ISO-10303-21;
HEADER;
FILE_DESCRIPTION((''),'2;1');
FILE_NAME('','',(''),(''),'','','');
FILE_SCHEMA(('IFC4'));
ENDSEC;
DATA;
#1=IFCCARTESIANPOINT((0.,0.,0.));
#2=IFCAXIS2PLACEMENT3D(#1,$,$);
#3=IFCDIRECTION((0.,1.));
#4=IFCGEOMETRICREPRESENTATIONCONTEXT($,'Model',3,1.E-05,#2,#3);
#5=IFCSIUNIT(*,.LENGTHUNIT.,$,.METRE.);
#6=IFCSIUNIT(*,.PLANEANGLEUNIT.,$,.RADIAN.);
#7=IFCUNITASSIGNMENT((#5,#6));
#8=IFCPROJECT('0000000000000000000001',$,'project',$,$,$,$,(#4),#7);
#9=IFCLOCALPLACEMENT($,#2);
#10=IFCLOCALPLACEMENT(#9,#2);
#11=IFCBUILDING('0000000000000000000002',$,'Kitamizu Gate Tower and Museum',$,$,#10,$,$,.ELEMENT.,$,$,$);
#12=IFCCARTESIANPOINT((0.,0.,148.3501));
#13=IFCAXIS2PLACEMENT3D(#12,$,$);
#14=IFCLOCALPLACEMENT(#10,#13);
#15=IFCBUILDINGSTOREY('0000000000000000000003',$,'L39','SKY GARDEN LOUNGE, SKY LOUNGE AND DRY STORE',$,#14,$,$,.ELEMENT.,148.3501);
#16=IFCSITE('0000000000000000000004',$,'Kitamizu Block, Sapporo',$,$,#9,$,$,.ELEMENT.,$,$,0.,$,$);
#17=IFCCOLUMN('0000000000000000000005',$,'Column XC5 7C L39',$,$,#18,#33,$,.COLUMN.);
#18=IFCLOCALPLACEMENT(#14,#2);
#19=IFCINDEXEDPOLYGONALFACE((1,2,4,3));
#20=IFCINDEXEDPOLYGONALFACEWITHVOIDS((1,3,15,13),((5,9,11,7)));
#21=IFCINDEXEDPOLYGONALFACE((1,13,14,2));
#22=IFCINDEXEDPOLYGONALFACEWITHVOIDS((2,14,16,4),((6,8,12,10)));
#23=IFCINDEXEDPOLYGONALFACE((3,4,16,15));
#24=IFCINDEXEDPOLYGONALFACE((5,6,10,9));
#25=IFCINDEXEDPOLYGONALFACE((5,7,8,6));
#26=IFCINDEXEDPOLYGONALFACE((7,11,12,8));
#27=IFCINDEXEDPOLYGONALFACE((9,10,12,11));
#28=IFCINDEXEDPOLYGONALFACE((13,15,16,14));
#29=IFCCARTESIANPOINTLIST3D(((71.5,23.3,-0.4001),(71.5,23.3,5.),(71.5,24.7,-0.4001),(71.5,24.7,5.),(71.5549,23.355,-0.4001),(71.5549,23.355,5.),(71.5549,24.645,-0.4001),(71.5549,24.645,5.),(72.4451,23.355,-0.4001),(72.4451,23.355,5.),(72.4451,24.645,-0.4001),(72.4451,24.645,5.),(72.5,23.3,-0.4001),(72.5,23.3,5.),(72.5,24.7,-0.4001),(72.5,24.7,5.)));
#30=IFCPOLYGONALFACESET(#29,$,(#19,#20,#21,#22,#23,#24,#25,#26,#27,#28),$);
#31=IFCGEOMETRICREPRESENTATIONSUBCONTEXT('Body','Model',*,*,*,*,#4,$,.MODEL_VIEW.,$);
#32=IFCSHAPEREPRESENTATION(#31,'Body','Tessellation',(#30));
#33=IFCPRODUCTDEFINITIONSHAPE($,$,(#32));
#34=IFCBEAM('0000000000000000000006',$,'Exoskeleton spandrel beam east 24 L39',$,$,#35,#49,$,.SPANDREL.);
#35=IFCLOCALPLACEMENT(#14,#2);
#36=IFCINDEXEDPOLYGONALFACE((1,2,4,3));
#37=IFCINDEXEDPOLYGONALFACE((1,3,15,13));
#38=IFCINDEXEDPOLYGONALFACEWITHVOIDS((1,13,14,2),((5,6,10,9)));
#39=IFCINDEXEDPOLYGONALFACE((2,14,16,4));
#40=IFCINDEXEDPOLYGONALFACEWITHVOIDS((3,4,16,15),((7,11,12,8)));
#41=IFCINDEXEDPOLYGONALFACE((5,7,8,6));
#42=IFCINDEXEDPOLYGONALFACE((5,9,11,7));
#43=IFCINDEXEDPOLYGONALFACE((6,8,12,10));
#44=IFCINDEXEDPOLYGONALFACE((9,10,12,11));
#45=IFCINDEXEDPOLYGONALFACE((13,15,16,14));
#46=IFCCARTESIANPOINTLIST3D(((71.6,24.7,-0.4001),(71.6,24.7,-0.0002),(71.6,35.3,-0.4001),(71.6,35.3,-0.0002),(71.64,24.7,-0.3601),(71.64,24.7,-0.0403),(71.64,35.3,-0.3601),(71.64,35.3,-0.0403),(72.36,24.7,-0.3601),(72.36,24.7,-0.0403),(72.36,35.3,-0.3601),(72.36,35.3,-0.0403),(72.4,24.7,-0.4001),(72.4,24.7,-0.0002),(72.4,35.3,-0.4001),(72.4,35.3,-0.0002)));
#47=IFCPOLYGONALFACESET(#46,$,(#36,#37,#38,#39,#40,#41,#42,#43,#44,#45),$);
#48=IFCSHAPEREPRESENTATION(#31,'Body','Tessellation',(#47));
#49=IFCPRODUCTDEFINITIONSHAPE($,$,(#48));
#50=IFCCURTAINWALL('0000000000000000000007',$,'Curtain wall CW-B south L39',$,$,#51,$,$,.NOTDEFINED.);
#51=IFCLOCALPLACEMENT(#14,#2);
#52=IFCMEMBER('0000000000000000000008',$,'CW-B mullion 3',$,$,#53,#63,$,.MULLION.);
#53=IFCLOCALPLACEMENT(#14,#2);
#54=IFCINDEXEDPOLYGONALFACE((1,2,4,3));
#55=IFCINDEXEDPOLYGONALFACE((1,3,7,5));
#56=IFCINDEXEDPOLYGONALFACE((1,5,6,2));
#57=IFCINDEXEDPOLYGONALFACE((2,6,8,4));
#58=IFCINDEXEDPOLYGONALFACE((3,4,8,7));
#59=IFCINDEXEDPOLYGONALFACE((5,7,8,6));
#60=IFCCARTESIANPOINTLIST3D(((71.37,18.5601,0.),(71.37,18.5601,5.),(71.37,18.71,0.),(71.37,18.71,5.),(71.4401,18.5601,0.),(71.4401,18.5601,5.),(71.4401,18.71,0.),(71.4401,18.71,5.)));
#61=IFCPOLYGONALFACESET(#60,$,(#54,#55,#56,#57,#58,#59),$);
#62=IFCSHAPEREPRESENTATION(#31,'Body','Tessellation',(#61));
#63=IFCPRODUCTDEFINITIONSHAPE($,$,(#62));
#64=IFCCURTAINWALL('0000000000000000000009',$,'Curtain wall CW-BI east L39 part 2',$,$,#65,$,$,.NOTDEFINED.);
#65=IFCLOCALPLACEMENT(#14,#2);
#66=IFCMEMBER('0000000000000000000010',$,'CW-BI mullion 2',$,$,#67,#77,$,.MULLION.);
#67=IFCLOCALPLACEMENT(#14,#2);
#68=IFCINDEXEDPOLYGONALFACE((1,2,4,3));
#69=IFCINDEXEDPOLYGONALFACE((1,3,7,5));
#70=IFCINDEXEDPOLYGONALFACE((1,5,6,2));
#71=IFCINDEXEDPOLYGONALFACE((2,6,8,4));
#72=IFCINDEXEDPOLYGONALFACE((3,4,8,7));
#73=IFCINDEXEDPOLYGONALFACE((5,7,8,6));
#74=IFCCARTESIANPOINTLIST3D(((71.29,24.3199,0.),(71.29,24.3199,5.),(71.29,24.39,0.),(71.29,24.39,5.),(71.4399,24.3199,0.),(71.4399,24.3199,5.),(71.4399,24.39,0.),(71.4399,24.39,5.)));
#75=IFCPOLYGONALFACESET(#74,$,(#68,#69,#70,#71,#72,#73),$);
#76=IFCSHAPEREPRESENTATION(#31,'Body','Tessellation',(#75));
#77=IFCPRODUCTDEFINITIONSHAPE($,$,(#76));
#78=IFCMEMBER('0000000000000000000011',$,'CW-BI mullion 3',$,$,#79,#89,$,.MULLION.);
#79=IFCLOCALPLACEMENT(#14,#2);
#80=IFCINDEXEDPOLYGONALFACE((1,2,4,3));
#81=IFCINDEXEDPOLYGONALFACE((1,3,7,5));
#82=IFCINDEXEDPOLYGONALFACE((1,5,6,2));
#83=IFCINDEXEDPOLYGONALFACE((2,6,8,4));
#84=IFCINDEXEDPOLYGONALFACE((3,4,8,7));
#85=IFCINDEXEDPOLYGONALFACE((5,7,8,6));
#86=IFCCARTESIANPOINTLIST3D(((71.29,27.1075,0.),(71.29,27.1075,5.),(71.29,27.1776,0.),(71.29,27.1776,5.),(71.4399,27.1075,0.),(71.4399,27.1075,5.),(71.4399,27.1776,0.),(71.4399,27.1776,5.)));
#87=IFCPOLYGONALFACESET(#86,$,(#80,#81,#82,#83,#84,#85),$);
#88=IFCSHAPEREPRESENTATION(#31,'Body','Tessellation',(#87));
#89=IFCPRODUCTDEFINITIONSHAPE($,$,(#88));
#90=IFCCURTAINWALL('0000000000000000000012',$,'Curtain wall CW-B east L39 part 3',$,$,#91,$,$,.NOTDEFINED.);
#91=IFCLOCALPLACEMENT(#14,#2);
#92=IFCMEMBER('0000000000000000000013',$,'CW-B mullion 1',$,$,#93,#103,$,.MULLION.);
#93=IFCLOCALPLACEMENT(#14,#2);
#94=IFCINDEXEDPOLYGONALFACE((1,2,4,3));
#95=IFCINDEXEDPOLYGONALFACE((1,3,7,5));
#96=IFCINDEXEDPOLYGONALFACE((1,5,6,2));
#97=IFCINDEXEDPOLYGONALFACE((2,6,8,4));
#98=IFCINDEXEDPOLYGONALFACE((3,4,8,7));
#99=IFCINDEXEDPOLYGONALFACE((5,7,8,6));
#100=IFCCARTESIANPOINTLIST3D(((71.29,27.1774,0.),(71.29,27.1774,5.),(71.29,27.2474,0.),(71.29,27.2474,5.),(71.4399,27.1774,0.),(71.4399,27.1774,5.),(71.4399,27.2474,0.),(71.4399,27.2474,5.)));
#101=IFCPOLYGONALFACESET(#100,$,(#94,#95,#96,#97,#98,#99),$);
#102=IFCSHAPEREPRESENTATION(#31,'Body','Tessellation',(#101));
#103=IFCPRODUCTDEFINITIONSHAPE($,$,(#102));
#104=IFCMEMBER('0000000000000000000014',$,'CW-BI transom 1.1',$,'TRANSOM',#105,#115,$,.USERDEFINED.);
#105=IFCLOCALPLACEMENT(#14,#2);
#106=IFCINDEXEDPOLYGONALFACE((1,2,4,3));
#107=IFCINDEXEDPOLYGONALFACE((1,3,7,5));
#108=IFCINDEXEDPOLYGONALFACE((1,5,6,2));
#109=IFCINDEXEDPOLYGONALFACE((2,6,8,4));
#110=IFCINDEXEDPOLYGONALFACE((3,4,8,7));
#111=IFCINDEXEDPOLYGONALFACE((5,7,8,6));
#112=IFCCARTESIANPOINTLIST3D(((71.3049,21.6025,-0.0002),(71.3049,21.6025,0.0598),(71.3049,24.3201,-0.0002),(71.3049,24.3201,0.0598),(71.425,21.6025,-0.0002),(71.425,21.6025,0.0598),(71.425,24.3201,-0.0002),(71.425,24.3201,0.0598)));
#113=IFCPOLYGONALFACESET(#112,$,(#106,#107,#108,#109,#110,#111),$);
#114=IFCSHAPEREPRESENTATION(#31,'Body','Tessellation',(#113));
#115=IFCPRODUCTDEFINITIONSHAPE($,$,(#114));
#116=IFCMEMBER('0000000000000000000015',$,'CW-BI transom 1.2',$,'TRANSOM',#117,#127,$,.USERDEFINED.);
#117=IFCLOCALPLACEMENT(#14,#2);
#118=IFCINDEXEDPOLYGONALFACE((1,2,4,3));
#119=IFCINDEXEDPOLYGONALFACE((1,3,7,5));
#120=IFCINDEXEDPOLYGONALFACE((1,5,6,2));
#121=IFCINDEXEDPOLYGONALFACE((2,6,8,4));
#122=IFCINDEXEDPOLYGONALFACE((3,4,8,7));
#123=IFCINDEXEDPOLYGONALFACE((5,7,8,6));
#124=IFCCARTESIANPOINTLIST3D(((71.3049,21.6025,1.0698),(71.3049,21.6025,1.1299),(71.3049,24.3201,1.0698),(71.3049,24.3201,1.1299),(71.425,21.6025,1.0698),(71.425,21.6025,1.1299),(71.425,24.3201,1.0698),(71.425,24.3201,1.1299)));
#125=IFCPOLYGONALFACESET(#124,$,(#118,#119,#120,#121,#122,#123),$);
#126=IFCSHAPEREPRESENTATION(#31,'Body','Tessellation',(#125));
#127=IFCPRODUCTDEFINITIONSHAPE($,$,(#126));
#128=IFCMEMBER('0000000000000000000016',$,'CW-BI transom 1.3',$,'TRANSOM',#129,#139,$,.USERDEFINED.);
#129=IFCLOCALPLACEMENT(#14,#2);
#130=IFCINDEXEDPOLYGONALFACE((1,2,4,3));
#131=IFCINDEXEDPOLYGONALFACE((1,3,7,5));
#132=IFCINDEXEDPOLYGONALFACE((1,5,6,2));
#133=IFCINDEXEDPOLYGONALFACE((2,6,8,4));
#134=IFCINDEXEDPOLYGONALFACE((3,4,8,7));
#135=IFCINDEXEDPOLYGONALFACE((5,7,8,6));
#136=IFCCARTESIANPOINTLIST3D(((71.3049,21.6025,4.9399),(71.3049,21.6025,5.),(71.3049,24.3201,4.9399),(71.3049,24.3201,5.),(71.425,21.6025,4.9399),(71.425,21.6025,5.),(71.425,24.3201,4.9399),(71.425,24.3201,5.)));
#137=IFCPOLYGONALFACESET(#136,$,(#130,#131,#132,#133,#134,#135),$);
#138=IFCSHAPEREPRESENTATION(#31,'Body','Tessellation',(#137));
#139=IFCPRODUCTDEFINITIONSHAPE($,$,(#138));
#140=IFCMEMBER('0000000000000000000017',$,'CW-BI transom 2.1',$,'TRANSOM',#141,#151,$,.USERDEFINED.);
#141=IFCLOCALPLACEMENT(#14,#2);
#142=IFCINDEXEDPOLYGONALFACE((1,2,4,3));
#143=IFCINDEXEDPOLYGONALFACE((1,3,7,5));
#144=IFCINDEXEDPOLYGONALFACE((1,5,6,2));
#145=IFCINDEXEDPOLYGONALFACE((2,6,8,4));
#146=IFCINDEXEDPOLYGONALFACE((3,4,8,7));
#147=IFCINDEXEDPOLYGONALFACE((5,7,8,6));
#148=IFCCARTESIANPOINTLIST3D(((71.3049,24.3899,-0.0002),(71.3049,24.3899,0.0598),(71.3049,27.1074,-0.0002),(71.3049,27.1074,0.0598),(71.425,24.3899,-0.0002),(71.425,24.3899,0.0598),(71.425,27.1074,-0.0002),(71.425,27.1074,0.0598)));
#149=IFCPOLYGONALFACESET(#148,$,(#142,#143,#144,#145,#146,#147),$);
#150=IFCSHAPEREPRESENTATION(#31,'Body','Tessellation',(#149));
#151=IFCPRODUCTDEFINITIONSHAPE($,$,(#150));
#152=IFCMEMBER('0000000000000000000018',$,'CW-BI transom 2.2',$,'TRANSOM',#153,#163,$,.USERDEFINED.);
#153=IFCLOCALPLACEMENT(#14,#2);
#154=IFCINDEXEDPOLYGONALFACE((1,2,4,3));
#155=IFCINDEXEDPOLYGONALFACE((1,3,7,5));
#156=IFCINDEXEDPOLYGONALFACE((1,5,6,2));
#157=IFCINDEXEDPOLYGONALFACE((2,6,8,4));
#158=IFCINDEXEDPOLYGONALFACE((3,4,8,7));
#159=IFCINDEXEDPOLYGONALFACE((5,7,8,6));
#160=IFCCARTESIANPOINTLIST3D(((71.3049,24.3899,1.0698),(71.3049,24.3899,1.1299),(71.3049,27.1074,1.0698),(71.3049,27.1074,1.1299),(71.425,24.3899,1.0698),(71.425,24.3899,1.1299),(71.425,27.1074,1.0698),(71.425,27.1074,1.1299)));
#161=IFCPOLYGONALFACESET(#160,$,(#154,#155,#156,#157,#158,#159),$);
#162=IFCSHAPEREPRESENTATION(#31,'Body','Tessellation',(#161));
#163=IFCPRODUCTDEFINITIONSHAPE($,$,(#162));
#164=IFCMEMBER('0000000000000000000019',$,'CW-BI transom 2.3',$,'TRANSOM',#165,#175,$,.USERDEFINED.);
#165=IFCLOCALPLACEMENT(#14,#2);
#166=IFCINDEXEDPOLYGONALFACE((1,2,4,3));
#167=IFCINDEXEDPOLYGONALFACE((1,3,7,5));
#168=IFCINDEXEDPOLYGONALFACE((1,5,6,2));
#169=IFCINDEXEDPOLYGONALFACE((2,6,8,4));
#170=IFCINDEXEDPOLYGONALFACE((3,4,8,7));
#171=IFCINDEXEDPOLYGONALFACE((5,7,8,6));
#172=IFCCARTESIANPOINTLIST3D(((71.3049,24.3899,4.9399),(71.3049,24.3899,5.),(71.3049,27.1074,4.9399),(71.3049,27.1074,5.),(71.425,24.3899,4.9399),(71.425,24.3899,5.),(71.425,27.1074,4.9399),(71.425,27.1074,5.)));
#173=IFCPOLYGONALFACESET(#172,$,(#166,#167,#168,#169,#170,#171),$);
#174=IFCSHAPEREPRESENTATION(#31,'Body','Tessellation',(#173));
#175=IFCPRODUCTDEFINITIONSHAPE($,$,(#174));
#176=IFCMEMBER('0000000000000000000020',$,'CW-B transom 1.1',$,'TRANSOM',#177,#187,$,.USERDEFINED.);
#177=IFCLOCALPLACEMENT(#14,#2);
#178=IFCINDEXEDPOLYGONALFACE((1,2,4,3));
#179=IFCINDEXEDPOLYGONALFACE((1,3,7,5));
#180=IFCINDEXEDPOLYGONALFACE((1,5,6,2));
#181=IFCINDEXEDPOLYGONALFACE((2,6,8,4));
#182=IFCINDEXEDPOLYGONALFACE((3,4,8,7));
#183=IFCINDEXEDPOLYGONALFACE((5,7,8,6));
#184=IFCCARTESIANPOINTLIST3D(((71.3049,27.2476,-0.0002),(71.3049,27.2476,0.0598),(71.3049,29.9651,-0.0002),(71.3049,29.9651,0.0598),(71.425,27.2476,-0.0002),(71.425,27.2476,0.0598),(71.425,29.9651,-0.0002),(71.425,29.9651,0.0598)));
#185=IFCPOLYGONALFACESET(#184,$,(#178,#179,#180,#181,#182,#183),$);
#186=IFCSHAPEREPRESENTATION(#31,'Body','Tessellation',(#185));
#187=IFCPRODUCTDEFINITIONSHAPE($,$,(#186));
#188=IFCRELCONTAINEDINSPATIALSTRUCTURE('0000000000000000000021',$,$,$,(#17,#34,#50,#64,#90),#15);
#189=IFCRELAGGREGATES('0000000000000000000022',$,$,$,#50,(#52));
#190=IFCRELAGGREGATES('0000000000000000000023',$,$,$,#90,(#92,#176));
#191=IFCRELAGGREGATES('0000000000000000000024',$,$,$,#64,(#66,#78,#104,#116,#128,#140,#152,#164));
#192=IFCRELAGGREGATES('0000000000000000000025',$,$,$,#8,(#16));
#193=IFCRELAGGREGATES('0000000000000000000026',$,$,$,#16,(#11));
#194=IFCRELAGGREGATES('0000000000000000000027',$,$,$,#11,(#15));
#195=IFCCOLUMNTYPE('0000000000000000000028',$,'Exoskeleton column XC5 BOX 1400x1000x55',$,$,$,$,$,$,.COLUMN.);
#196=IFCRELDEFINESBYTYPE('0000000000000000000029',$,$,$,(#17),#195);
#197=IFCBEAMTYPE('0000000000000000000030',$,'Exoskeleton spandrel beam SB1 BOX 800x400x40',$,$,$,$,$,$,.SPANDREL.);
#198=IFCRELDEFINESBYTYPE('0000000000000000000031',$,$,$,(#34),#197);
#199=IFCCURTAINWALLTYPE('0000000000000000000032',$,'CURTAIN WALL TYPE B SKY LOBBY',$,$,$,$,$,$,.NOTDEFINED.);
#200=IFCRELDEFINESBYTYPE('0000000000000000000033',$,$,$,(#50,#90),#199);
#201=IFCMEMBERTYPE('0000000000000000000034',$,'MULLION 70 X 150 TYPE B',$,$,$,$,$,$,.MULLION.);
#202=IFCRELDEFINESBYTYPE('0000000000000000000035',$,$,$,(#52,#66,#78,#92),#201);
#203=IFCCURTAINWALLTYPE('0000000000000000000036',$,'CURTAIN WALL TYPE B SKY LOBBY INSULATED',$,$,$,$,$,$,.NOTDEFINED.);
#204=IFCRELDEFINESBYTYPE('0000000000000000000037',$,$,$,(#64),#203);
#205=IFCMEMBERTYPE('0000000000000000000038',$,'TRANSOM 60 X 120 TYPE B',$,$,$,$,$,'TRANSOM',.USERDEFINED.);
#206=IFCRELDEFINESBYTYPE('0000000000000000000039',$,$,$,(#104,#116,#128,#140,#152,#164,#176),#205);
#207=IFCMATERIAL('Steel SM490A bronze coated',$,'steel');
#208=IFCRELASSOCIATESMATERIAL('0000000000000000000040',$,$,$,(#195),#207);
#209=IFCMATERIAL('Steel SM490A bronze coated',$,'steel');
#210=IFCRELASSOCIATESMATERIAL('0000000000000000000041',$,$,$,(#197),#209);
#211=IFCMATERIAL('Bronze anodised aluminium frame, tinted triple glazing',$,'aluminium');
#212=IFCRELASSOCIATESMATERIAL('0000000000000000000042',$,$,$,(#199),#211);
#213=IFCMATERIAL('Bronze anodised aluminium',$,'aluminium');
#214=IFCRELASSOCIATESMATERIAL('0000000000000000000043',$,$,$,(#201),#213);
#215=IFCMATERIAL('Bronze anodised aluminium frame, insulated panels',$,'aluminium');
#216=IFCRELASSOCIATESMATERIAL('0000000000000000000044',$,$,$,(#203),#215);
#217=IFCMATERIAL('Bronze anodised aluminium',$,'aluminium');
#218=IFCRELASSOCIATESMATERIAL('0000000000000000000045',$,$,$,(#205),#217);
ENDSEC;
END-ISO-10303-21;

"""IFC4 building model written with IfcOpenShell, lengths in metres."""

from ifc_helpers import new_model, si_unit, direction, frame, origin, origin_2d, place, context, subcontext, project, spatial, rectangle, hollow_rectangle, extrude, material, material_profile, profile_set, type_object, element, aggregate, save


model = new_model("IFC4")

# Units and contexts
model_context = context("Model", 3, precision=1e-05, world=origin(), true_north=direction((0.0, 1.0)))
body_context = subcontext(model_context, "Body", "Model", "MODEL_VIEW")
ifc_project = project(units=[si_unit("LENGTHUNIT", "METRE"), si_unit("PLANEANGLEUNIT", "RADIAN")], contexts=[model_context])

# Site, building, storey
site_placement = place(None, origin())
site = spatial("IfcSite", under=ifc_project, at=site_placement, Name="Kitamizu Block, Sapporo", CompositionType="ELEMENT", RefElevation=0.0)
building_placement = place(site_placement, origin())
building = spatial("IfcBuilding", under=site, at=building_placement, Name="Kitamizu Gate Tower and Museum", CompositionType="ELEMENT")
storey_placement = place(building_placement, frame((0.0, 0.0, 148.3501)))
storey = spatial("IfcBuildingStorey", under=building, at=storey_placement, Name="L39", Description="SKY GARDEN LOUNGE, SKY LOUNGE AND DRY STORE", CompositionType="ELEMENT", Elevation=148.3501)

# Column
ifc_material_1 = material(Name="Steel SM490A bronze coated", Category="steel")
ifc_material_profile_1 = material_profile(ifc_material_1, hollow_rectangle(XDim=1.3999, YDim=1.0, WallThickness=0.0549, at=origin_2d()), Name="BOX 1400x1000x55")
ifc_profile_set_1 = profile_set([ifc_material_profile_1], Name="Steel SM490A bronze coated")
column_type = type_object("IfcColumnType", Name="Exoskeleton column XC5 BOX 1400x1000x55", PredefinedType="COLUMN", material=ifc_profile_set_1)
column_placement = place(storey_placement, frame((72.0, 24.0, -0.4001), z_axis=(0.0, 0.0, 1.0), x_axis=(0.0, 1.0, 0.0)))
element("IfcColumn", 1, at=column_placement, inside=storey, type_object=column_type, Name="Column XC5 7C L39", PredefinedType="COLUMN", context=body_context, shape_type="SweptSolid", body=[
    extrude(hollow_rectangle(XDim=1.3999, YDim=1.0, WallThickness=0.0549, at=origin_2d()), origin(), (0.0, 0.0, 1.0), 5.4001),
])

# Beam
ifc_material_2 = material(Name="Steel SM490A bronze coated", Category="steel")
ifc_material_profile_2 = material_profile(ifc_material_2, hollow_rectangle(XDim=0.8, YDim=0.3999, WallThickness=0.04, at=origin_2d()), Name="BOX 800x400x40")
ifc_profile_set_2 = profile_set([ifc_material_profile_2], Name="Steel SM490A bronze coated")
beam_type = type_object("IfcBeamType", Name="Exoskeleton spandrel beam SB1 BOX 800x400x40", PredefinedType="SPANDREL", material=ifc_profile_set_2)
beam_placement = place(storey_placement, frame((72.0, 24.7, -0.2002), z_axis=(0.0, 1.0, 0.0), x_axis=(-1.0, 0.0, 0.0)))
element("IfcBeam", 2, at=beam_placement, inside=storey, type_object=beam_type, Name="Exoskeleton spandrel beam east 24 L39", PredefinedType="SPANDREL", context=body_context, shape_type="SweptSolid", body=[
    extrude(hollow_rectangle(XDim=0.8, YDim=0.3999, WallThickness=0.04, at=origin_2d()), origin(), (0.0, 0.0, 1.0), 10.6001),
])

# Curtain wall, member
ifc_material_3 = material(Name="Bronze anodised aluminium frame, tinted triple glazing", Category="aluminium")
curtain_wall_type_1 = type_object("IfcCurtainWallType", Name="CURTAIN WALL TYPE B SKY LOBBY", PredefinedType="NOTDEFINED", material=ifc_material_3)
curtain_wall_1_placement = place(storey_placement, origin())
curtain_wall_1 = element("IfcCurtainWall", 3, at=curtain_wall_1_placement, inside=storey, type_object=curtain_wall_type_1, Name="Curtain wall CW-B south L39", PredefinedType="NOTDEFINED")
ifc_material_4 = material(Name="Bronze anodised aluminium", Category="aluminium")
ifc_material_profile_3 = material_profile(ifc_material_4, rectangle(XDim=0.0701, YDim=0.1499, at=origin_2d()), Name="AL 70X150")
ifc_profile_set_3 = profile_set([ifc_material_profile_3], Name="Bronze anodised aluminium")
member_type_1 = type_object("IfcMemberType", Name="MULLION 70 X 150 TYPE B", PredefinedType="MULLION", material=ifc_profile_set_3)
member_1_placement = place(storey_placement, frame((71.405, 18.635, 0.0), z_axis=(0.0, 0.0, 1.0), x_axis=(1.0, 0.0, 0.0)))
member_1 = element("IfcMember", 4, at=member_1_placement, type_object=member_type_1, Name="CW-B mullion 3", PredefinedType="MULLION", context=body_context, shape_type="SweptSolid", body=[
    extrude(rectangle(XDim=0.0701, YDim=0.1499, at=origin_2d()), origin(), (0.0, 0.0, 1.0), 5.0),
])
aggregate(curtain_wall_1, [member_1])

# Curtain wall, members
ifc_material_5 = material(Name="Bronze anodised aluminium frame, insulated panels", Category="aluminium")
curtain_wall_type_2 = type_object("IfcCurtainWallType", Name="CURTAIN WALL TYPE B SKY LOBBY INSULATED", PredefinedType="NOTDEFINED", material=ifc_material_5)
curtain_wall_2_placement = place(storey_placement, origin())
curtain_wall_2 = element("IfcCurtainWall", 5, at=curtain_wall_2_placement, inside=storey, type_object=curtain_wall_type_2, Name="Curtain wall CW-BI east L39 part 2", PredefinedType="NOTDEFINED")
member_2_placement = place(storey_placement, frame((71.365, 24.355, 0.0), z_axis=(0.0, 0.0, 1.0), x_axis=(0.0, 1.0, 0.0)))
member_2 = element("IfcMember", 6, at=member_2_placement, type_object=member_type_1, Name="CW-BI mullion 2", PredefinedType="MULLION", context=body_context, shape_type="SweptSolid", body=[
    extrude(rectangle(XDim=0.0701, YDim=0.1499, at=origin_2d()), origin(), (0.0, 0.0, 1.0), 5.0),
])
member_3_placement = place(storey_placement, frame((71.365, 27.1426, 0.0), z_axis=(0.0, 0.0, 1.0), x_axis=(0.0, 1.0, 0.0)))
member_3 = element("IfcMember", 7, at=member_3_placement, type_object=member_type_1, Name="CW-BI mullion 3", PredefinedType="MULLION", context=body_context, shape_type="SweptSolid", body=[
    extrude(rectangle(XDim=0.0701, YDim=0.1499, at=origin_2d()), origin(), (0.0, 0.0, 1.0), 5.0),
])

# Curtain wall, member
curtain_wall_3_placement = place(storey_placement, origin())
curtain_wall_3 = element("IfcCurtainWall", 8, at=curtain_wall_3_placement, inside=storey, type_object=curtain_wall_type_1, Name="Curtain wall CW-B east L39 part 3", PredefinedType="NOTDEFINED")
member_4_placement = place(storey_placement, frame((71.365, 27.2124, 0.0), z_axis=(0.0, 0.0, 1.0), x_axis=(0.0, 1.0, 0.0)))
member_4 = element("IfcMember", 9, at=member_4_placement, type_object=member_type_1, Name="CW-B mullion 1", PredefinedType="MULLION", context=body_context, shape_type="SweptSolid", body=[
    extrude(rectangle(XDim=0.0701, YDim=0.1499, at=origin_2d()), origin(), (0.0, 0.0, 1.0), 5.0),
])

# Members
ifc_material_6 = material(Name="Bronze anodised aluminium", Category="aluminium")
ifc_material_profile_4 = material_profile(ifc_material_6, rectangle(XDim=0.1201, YDim=0.0601, at=origin_2d()), Name="AL 60X120")
ifc_profile_set_4 = profile_set([ifc_material_profile_4], Name="Bronze anodised aluminium")
member_type_2 = type_object("IfcMemberType", Name="TRANSOM 60 X 120 TYPE B", ElementType="TRANSOM", PredefinedType="USERDEFINED", material=ifc_profile_set_4)
member_5_placement = place(storey_placement, frame((71.365, 21.6025, 0.0298), z_axis=(0.0, 1.0, 0.0), x_axis=(-1.0, 0.0, 0.0)))
member_5 = element("IfcMember", 10, at=member_5_placement, type_object=member_type_2, Name="CW-BI transom 1.1", ObjectType="TRANSOM", PredefinedType="USERDEFINED", context=body_context, shape_type="SweptSolid", body=[
    extrude(rectangle(XDim=0.1201, YDim=0.0601, at=origin_2d()), origin(), (0.0, 0.0, 1.0), 2.7175),
])
member_6_placement = place(storey_placement, frame((71.365, 21.6025, 1.0999), z_axis=(0.0, 1.0, 0.0), x_axis=(-1.0, 0.0, 0.0)))
member_6 = element("IfcMember", 11, at=member_6_placement, type_object=member_type_2, Name="CW-BI transom 1.2", ObjectType="TRANSOM", PredefinedType="USERDEFINED", context=body_context, shape_type="SweptSolid", body=[
    extrude(rectangle(XDim=0.1201, YDim=0.0601, at=origin_2d()), origin(), (0.0, 0.0, 1.0), 2.7175),
])
member_7_placement = place(storey_placement, frame((71.365, 21.6025, 4.97), z_axis=(0.0, 1.0, 0.0), x_axis=(-1.0, 0.0, 0.0)))
member_7 = element("IfcMember", 12, at=member_7_placement, type_object=member_type_2, Name="CW-BI transom 1.3", ObjectType="TRANSOM", PredefinedType="USERDEFINED", context=body_context, shape_type="SweptSolid", body=[
    extrude(rectangle(XDim=0.1201, YDim=0.0601, at=origin_2d()), origin(), (0.0, 0.0, 1.0), 2.7175),
])
member_8_placement = place(storey_placement, frame((71.365, 24.3899, 0.0298), z_axis=(0.0, 1.0, 0.0), x_axis=(-1.0, 0.0, 0.0)))
member_8 = element("IfcMember", 13, at=member_8_placement, type_object=member_type_2, Name="CW-BI transom 2.1", ObjectType="TRANSOM", PredefinedType="USERDEFINED", context=body_context, shape_type="SweptSolid", body=[
    extrude(rectangle(XDim=0.1201, YDim=0.0601, at=origin_2d()), origin(), (0.0, 0.0, 1.0), 2.7175),
])
member_9_placement = place(storey_placement, frame((71.365, 24.3899, 1.0999), z_axis=(0.0, 1.0, 0.0), x_axis=(-1.0, 0.0, 0.0)))
member_9 = element("IfcMember", 14, at=member_9_placement, type_object=member_type_2, Name="CW-BI transom 2.2", ObjectType="TRANSOM", PredefinedType="USERDEFINED", context=body_context, shape_type="SweptSolid", body=[
    extrude(rectangle(XDim=0.1201, YDim=0.0601, at=origin_2d()), origin(), (0.0, 0.0, 1.0), 2.7175),
])
member_10_placement = place(storey_placement, frame((71.365, 24.3899, 4.97), z_axis=(0.0, 1.0, 0.0), x_axis=(-1.0, 0.0, 0.0)))
member_10 = element("IfcMember", 15, at=member_10_placement, type_object=member_type_2, Name="CW-BI transom 2.3", ObjectType="TRANSOM", PredefinedType="USERDEFINED", context=body_context, shape_type="SweptSolid", body=[
    extrude(rectangle(XDim=0.1201, YDim=0.0601, at=origin_2d()), origin(), (0.0, 0.0, 1.0), 2.7175),
])
member_11_placement = place(storey_placement, frame((71.365, 27.2476, 0.0298), z_axis=(0.0, 1.0, 0.0), x_axis=(-1.0, 0.0, 0.0)))
member_11 = element("IfcMember", 16, at=member_11_placement, type_object=member_type_2, Name="CW-B transom 1.1", ObjectType="TRANSOM", PredefinedType="USERDEFINED", context=body_context, shape_type="SweptSolid", body=[
    extrude(rectangle(XDim=0.1201, YDim=0.0601, at=origin_2d()), origin(), (0.0, 0.0, 1.0), 2.7175),
])
aggregate(curtain_wall_3, [member_4, member_11])

aggregate(curtain_wall_2, [member_2, member_3, member_5, member_6, member_7, member_8, member_9, member_10])

save(model, "model.ifc")
